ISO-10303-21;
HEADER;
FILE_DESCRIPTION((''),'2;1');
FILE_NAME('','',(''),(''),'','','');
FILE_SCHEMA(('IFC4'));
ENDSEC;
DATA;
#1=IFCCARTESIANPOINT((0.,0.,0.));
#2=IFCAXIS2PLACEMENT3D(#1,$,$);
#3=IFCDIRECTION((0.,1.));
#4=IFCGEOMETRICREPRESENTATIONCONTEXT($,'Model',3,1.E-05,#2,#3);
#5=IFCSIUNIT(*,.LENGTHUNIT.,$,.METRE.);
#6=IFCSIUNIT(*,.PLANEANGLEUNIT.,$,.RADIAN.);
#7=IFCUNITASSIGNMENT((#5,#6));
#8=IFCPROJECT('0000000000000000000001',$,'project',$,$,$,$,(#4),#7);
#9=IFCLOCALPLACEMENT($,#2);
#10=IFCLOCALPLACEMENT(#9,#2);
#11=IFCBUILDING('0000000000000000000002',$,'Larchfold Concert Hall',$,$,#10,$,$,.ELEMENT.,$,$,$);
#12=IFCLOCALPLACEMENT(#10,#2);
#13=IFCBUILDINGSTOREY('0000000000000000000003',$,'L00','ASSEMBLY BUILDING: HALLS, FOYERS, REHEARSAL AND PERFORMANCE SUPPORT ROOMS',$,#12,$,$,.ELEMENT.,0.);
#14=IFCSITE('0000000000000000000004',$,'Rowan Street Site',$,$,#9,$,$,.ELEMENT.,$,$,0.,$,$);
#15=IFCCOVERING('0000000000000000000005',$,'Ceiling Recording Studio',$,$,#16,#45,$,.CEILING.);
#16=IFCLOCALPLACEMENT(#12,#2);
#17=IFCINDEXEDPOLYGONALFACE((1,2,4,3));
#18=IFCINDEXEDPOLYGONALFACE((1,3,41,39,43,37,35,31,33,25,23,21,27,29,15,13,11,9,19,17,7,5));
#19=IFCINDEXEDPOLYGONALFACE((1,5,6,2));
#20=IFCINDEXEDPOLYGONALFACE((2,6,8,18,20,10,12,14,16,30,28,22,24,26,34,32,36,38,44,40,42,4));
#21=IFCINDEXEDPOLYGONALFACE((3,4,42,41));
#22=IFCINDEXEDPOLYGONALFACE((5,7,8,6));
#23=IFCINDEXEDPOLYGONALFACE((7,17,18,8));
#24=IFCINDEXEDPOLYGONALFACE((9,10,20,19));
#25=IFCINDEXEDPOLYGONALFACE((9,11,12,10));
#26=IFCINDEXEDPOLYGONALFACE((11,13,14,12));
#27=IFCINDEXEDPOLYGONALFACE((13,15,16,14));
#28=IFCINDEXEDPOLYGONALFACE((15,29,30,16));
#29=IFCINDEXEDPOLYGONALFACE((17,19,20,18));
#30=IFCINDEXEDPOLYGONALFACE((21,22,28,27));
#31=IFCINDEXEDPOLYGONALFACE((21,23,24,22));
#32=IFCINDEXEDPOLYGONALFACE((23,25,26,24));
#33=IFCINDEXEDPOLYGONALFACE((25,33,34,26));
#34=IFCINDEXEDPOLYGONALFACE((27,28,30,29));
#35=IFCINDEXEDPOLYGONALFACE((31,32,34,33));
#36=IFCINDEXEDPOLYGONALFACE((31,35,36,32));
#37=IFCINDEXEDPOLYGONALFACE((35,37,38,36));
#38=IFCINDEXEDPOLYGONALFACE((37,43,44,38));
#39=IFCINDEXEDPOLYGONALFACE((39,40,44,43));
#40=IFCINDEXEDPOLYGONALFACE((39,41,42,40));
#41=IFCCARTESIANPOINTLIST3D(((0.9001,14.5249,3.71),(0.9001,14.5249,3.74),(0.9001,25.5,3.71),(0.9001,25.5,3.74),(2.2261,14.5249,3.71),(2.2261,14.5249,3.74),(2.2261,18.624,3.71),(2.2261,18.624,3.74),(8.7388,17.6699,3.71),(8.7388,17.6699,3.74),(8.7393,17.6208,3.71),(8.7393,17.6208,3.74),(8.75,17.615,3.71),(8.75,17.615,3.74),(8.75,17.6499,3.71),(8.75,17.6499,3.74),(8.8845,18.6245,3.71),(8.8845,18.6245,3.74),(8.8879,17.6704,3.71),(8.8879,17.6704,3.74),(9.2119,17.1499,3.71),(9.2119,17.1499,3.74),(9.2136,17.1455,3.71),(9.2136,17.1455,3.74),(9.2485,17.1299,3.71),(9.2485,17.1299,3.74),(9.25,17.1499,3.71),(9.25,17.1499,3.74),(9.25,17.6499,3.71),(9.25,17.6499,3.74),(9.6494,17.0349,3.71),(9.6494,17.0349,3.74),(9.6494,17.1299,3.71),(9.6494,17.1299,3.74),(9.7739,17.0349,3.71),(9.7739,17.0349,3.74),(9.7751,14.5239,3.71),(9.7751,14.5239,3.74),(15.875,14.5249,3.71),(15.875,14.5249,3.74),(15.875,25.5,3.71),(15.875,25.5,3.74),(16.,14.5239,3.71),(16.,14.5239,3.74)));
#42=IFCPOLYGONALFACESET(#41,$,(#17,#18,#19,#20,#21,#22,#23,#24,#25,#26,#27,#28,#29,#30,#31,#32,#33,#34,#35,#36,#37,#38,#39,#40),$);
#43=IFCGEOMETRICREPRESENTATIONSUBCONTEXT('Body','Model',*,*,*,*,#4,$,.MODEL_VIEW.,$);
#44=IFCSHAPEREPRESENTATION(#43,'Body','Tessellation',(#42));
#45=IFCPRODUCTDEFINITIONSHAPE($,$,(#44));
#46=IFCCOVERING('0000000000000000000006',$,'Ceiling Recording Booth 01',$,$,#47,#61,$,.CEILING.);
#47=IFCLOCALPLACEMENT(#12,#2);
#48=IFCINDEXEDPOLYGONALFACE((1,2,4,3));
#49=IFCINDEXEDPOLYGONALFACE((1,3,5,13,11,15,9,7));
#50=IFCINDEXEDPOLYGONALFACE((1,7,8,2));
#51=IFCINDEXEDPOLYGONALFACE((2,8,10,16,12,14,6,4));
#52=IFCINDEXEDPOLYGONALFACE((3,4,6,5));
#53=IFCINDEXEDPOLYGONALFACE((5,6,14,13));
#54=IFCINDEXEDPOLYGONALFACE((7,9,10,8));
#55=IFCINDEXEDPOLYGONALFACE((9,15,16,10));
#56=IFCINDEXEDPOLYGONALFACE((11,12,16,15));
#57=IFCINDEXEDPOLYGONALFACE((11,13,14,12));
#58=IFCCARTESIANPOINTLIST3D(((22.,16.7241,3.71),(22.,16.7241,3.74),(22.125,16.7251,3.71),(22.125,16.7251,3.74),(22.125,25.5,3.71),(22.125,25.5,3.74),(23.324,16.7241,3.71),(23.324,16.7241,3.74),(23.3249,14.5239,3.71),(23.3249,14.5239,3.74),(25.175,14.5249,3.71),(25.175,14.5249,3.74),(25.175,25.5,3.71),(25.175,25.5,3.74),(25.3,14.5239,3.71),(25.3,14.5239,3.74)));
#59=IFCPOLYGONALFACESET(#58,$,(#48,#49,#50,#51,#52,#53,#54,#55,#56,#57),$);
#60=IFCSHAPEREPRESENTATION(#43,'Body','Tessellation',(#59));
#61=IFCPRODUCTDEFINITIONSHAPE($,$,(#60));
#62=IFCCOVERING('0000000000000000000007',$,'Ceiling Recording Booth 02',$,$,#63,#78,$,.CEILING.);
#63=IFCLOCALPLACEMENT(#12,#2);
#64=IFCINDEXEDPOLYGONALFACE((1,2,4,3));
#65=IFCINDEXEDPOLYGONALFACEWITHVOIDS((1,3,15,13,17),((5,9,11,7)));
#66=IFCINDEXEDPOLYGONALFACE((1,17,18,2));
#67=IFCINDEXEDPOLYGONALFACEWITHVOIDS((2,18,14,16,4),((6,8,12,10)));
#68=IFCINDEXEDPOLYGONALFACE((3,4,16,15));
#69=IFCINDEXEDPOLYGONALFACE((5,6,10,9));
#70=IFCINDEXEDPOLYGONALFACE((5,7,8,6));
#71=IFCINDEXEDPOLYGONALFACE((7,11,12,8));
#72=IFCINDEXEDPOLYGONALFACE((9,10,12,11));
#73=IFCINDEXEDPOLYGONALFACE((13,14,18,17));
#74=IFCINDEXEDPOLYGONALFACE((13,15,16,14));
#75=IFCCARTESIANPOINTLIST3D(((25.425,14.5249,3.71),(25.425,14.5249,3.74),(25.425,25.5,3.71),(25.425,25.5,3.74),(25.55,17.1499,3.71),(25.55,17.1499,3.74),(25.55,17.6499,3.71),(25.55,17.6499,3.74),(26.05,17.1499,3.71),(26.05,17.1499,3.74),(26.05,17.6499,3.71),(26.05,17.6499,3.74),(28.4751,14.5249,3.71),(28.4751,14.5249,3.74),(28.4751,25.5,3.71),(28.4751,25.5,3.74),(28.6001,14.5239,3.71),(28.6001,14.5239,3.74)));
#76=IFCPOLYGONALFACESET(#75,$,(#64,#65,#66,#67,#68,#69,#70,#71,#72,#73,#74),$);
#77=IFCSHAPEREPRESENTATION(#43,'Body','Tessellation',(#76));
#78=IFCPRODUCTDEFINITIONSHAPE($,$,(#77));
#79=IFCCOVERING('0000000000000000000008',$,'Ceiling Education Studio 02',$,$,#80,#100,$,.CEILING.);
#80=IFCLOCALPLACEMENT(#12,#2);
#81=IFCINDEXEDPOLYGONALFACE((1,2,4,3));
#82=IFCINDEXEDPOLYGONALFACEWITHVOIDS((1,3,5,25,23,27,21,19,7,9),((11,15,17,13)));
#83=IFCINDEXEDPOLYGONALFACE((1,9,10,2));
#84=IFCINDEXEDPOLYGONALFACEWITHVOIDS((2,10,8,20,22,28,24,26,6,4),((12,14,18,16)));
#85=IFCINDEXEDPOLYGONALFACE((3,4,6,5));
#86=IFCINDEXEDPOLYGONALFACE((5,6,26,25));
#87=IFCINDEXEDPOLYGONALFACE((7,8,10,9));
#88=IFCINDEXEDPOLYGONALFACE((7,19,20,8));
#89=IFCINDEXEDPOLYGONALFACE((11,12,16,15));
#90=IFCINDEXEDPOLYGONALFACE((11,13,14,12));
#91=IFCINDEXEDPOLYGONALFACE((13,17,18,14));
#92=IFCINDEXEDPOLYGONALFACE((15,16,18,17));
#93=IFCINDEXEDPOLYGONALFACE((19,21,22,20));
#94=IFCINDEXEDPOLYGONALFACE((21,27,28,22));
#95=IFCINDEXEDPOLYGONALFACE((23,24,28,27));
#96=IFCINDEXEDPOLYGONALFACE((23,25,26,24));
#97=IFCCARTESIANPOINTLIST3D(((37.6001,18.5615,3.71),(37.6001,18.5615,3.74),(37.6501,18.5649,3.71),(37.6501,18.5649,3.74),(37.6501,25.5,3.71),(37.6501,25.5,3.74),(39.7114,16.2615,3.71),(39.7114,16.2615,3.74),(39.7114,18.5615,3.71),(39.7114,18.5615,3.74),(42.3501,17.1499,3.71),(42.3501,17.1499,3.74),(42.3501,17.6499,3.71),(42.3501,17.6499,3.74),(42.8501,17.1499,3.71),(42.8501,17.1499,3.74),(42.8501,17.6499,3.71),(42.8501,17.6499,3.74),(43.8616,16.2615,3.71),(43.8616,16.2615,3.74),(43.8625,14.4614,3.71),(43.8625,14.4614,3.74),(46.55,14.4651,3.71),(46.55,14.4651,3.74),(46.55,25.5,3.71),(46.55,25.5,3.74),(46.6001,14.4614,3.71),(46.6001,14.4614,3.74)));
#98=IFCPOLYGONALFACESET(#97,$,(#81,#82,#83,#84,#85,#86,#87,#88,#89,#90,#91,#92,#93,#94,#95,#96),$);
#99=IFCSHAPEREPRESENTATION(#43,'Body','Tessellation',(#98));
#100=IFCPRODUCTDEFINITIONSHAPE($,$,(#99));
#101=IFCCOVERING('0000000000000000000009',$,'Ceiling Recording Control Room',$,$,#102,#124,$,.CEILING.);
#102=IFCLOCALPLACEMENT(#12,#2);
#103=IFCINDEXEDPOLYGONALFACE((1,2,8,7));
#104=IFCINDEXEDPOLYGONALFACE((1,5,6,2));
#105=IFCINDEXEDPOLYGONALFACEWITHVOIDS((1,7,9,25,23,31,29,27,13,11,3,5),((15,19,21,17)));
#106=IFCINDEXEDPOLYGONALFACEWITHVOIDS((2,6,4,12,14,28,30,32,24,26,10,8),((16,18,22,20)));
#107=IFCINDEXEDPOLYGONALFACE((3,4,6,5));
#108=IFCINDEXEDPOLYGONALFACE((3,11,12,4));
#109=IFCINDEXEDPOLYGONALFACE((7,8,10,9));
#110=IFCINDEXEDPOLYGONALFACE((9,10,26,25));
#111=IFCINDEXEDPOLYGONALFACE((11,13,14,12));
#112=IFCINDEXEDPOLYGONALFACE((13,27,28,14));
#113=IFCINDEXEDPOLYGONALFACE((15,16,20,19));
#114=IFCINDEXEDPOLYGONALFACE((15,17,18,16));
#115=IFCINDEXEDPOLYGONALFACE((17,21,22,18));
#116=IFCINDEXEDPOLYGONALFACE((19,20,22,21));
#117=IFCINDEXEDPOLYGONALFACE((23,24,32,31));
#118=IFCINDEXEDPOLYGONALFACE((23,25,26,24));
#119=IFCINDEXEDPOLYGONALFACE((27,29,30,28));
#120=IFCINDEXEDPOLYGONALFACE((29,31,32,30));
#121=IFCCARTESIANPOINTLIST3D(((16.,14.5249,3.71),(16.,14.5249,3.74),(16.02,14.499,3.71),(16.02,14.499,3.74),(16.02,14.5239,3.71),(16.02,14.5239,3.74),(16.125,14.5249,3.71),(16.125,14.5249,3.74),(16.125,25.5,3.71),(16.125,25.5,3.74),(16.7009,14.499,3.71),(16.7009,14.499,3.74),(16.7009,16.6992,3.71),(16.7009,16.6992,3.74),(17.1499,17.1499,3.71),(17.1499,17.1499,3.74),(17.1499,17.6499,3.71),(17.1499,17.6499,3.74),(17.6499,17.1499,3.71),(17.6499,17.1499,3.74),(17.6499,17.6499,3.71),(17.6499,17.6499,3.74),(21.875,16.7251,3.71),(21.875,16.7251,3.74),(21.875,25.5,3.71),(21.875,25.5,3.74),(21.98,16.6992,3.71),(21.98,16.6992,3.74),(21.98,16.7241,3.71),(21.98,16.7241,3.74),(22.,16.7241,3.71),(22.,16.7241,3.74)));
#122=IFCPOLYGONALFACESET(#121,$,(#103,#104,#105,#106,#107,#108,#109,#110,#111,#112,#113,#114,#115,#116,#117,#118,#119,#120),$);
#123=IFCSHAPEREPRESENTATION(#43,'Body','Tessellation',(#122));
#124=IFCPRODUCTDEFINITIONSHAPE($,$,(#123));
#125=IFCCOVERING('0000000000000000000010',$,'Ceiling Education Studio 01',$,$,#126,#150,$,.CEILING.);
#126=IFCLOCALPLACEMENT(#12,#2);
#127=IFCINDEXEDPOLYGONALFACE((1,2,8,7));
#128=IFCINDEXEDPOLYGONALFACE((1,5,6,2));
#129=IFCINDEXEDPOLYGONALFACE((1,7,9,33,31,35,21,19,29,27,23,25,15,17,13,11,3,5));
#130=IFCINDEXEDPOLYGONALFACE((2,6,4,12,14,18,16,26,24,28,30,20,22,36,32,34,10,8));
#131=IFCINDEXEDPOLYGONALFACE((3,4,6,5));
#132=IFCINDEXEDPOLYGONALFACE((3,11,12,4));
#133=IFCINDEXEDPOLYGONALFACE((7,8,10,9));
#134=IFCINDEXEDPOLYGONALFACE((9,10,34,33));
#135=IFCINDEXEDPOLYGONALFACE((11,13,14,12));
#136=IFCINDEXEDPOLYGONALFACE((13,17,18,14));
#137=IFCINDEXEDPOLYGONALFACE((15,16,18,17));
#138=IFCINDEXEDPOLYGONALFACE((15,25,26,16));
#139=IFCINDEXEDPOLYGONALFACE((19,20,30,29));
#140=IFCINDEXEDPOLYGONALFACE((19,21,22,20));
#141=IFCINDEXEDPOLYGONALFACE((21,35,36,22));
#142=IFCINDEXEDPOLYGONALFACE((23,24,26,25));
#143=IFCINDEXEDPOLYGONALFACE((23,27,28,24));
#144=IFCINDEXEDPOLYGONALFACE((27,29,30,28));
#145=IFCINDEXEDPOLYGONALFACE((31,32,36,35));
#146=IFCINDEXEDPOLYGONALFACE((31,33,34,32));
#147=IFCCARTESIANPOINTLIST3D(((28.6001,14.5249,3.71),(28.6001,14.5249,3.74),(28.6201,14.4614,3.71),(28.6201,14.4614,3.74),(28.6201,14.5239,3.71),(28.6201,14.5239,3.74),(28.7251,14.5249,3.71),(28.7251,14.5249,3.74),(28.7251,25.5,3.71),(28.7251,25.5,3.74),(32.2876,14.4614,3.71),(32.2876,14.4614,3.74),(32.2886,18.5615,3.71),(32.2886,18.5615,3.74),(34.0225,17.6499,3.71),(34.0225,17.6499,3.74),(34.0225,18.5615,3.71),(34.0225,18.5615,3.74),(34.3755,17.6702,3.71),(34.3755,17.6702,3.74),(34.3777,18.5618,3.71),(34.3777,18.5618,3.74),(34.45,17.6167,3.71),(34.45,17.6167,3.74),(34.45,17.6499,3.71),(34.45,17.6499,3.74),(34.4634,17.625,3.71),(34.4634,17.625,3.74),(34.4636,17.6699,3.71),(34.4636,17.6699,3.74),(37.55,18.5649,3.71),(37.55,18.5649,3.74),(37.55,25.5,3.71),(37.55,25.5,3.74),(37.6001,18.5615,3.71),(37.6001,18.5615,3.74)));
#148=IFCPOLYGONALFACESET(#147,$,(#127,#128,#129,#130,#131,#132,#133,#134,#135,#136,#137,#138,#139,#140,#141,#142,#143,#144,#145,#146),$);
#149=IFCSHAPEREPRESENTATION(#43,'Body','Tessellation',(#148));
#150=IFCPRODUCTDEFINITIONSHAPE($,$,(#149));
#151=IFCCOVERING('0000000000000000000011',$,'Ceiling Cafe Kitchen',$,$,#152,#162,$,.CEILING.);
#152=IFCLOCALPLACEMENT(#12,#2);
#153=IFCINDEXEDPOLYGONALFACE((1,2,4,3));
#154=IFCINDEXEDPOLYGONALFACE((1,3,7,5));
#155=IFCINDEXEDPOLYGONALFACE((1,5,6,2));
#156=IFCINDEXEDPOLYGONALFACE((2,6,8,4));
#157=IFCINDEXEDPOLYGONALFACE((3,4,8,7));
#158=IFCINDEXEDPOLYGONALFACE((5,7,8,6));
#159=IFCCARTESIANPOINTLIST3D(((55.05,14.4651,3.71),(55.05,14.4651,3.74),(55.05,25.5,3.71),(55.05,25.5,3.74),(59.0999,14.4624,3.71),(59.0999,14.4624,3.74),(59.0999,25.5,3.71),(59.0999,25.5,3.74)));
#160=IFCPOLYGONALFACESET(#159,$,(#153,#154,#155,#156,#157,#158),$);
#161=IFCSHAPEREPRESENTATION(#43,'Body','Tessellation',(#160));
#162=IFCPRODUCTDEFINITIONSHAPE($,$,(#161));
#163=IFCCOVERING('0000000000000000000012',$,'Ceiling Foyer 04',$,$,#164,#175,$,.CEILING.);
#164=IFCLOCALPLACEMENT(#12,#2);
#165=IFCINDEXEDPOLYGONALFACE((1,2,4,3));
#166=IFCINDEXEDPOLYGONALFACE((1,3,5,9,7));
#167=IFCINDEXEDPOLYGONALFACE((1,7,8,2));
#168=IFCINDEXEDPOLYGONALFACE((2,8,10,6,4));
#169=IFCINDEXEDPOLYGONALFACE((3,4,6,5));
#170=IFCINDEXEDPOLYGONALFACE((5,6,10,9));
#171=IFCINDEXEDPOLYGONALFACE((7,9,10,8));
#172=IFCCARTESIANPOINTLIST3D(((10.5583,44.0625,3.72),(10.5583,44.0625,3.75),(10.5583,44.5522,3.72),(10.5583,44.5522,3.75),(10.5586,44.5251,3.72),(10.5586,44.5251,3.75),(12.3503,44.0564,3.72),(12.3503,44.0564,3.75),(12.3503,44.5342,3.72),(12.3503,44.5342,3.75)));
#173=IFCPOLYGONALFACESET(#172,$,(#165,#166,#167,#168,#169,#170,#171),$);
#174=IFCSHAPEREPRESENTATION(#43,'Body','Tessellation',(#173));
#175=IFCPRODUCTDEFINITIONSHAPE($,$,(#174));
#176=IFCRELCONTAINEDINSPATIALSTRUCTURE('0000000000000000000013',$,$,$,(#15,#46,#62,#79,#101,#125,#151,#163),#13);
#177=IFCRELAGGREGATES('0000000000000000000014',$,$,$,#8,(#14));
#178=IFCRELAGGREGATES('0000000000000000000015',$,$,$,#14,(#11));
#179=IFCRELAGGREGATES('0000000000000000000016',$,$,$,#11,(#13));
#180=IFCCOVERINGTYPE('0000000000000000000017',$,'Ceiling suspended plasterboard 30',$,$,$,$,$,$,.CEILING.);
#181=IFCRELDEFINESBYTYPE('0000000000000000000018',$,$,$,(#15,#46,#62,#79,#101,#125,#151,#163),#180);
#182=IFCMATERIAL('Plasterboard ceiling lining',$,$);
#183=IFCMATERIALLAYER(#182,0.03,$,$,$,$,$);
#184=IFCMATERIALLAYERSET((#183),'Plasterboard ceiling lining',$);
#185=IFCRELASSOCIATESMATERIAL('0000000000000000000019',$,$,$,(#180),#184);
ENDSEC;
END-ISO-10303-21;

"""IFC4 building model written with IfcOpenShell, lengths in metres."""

from ifc_helpers import new_model, si_unit, direction, frame, origin, place, context, subcontext, project, spatial, polyline, outline, extrude, material, layer, layer_set, type_object, element, save


model = new_model("IFC4")

# Units and contexts
model_context = context("Model", 3, precision=1e-05, world=origin(), true_north=direction((0.0, 1.0)))
body_context = subcontext(model_context, "Body", "Model", "MODEL_VIEW")
ifc_project = project(units=[si_unit("LENGTHUNIT", "METRE"), si_unit("PLANEANGLEUNIT", "RADIAN")], contexts=[model_context])

# Site, building, storey
site_placement = place(None, origin())
site = spatial("IfcSite", under=ifc_project, at=site_placement, Name="Rowan Street Site", CompositionType="ELEMENT", RefElevation=0.0)
building_placement = place(site_placement, origin())
building = spatial("IfcBuilding", under=site, at=building_placement, Name="Larchfold Concert Hall", CompositionType="ELEMENT")
storey_placement = place(building_placement, origin())
storey = spatial("IfcBuildingStorey", under=building, at=storey_placement, Name="L00", Description="ASSEMBLY BUILDING: HALLS, FOYERS, REHEARSAL AND PERFORMANCE SUPPORT ROOMS", CompositionType="ELEMENT", Elevation=0.0)

# Coverings
ifc_material_1 = material(Name="Plasterboard ceiling lining")
ifc_layer_1 = layer(ifc_material_1, 0.03)
ifc_layer_set_1 = layer_set([ifc_layer_1], Name="Plasterboard ceiling lining")
covering_type_1 = type_object("IfcCoveringType", Name="Ceiling suspended plasterboard 30", PredefinedType="CEILING", material=ifc_layer_set_1)
covering_1_placement = place(storey_placement, frame((0.0, 0.0, 3.71)))
element("IfcCovering", 1, at=covering_1_placement, inside=storey, type_object=covering_type_1, Name="Ceiling Recording Studio", PredefinedType="CEILING", context=body_context, shape_type="SweptSolid", body=[
    extrude(outline(polyline([(8.8845, 18.6245), (8.8879, 17.6704), (8.7388, 17.6699), (8.7393, 17.6208), (8.75, 17.615), (8.75, 17.6499), (9.25, 17.6499), (9.25, 17.1499), (9.2119, 17.1499), (9.2136, 17.1455), (9.2485, 17.1299), (9.6494, 17.1299), (9.6494, 17.0349), (9.7739, 17.0349), (9.7751, 14.5239), (16.0, 14.5239), (15.875, 14.5249), (15.875, 25.5), (0.9001, 25.5), (0.9001, 14.5249), (2.2261, 14.5249), (2.2261, 18.624), (8.8845, 18.6245)])), origin(), (0.0, 0.0, 1.0), 0.03),
])
covering_2_placement = place(storey_placement, frame((0.0, 0.0, 3.71)))
element("IfcCovering", 2, at=covering_2_placement, inside=storey, type_object=covering_type_1, Name="Ceiling Recording Booth 01", PredefinedType="CEILING", context=body_context, shape_type="SweptSolid", body=[
    extrude(outline(polyline([(23.325, 14.3999), (23.325, 14.5239), (25.3, 14.5239), (25.175, 14.5249), (25.175, 25.5), (22.125, 25.5), (22.125, 16.7251), (22.0, 16.7241), (23.324, 16.7241), (23.325, 14.3999)])), origin(), (0.0, 0.0, 1.0), 0.03),
])
covering_3_placement = place(storey_placement, frame((0.0, 0.0, 3.71)))
element("IfcCovering", 3, at=covering_3_placement, inside=storey, type_object=covering_type_1, Name="Ceiling Recording Booth 02", PredefinedType="CEILING", context=body_context, shape_type="SweptSolid", body=[
    extrude(outline(polyline([(25.3, 14.5249), (28.6001, 14.5239), (28.4751, 14.5249), (28.4751, 25.5), (25.425, 25.5), (25.425, 14.5249), (25.3, 14.5249)]), holes=[polyline([(25.55, 17.1499), (25.55, 17.6499), (26.05, 17.6499), (26.05, 17.1499), (25.55, 17.1499)])]), origin(), (0.0, 0.0, 1.0), 0.03),
])
covering_4_placement = place(storey_placement, frame((0.0, 0.0, 3.71)))
element("IfcCovering", 4, at=covering_4_placement, inside=storey, type_object=covering_type_1, Name="Ceiling Education Studio 02", PredefinedType="CEILING", context=body_context, shape_type="SweptSolid", body=[
    extrude(outline(polyline([(37.6001, 18.5615), (39.7114, 18.5615), (39.7114, 16.2615), (43.8616, 16.2615), (43.8625, 14.3999), (43.8625, 14.4614), (46.6001, 14.4614), (46.55, 14.4651), (46.55, 25.5), (37.6501, 25.5), (37.6501, 18.5649), (37.6001, 18.5615)]), holes=[polyline([(42.3501, 17.1499), (42.3501, 17.6499), (42.8501, 17.6499), (42.8501, 17.1499), (42.3501, 17.1499)])]), origin(), (0.0, 0.0, 1.0), 0.03),
])
covering_5_placement = place(storey_placement, frame((0.0, 0.0, 3.71)))
element("IfcCovering", 5, at=covering_5_placement, inside=storey, type_object=covering_type_1, Name="Ceiling Recording Control Room", PredefinedType="CEILING", context=body_context, shape_type="SweptSolid", body=[
    extrude(outline(polyline([(16.0, 14.5249), (16.02, 14.5239), (16.02, 14.499), (16.7009, 14.499), (16.7009, 16.6992), (21.98, 16.6992), (21.98, 16.7241), (22.0, 16.7241), (21.875, 16.7251), (21.875, 25.5), (16.125, 25.5), (16.125, 14.5249), (16.0, 14.5249)]), holes=[polyline([(17.6499, 17.6499), (17.6499, 17.1499), (17.1499, 17.1499), (17.1499, 17.6499), (17.6499, 17.6499)])]), origin(), (0.0, 0.0, 1.0), 0.03),
])
covering_6_placement = place(storey_placement, frame((0.0, 0.0, 3.71)))
element("IfcCovering", 6, at=covering_6_placement, inside=storey, type_object=covering_type_1, Name="Ceiling Education Studio 01", PredefinedType="CEILING", context=body_context, shape_type="SweptSolid", body=[
    extrude(outline(polyline([(28.6001, 14.5249), (28.6201, 14.5239), (28.6201, 14.4614), (32.2876, 14.4614), (32.2886, 18.5615), (34.0225, 18.5615), (34.0225, 17.6499), (34.45, 17.6499), (34.45, 17.6167), (34.4634, 17.625), (34.4636, 17.6699), (34.3755, 17.6702), (34.3777, 18.5618), (37.6001, 18.5615), (37.55, 18.5649), (37.55, 25.5), (28.7251, 25.5), (28.7251, 14.5249), (28.6001, 14.5249)])), origin(), (0.0, 0.0, 1.0), 0.03),
])
covering_7_placement = place(storey_placement, frame((0.0, 0.0, 3.71)))
element("IfcCovering", 7, at=covering_7_placement, inside=storey, type_object=covering_type_1, Name="Ceiling Cafe Kitchen", PredefinedType="CEILING", context=body_context, shape_type="SweptSolid", body=[
    extrude(outline(polyline([(55.0, 14.4651), (59.0999, 14.4624), (59.0999, 25.5), (55.05, 25.5), (55.05, 14.4651), (55.0, 14.4651)])), origin(), (0.0, 0.0, 1.0), 0.03),
])
covering_8_placement = place(storey_placement, frame((0.0, 0.0, 3.72)))
element("IfcCovering", 8, at=covering_8_placement, inside=storey, type_object=covering_type_1, Name="Ceiling Foyer 04", PredefinedType="CEILING", context=body_context, shape_type="SweptSolid", body=[
    extrude(outline(polyline([(10.5583, 44.5522), (10.5583, 44.0625), (12.3503, 44.0564), (12.3503, 44.5342), (10.5586, 44.5251), (10.5583, 44.5522)])), origin(), (0.0, 0.0, 1.0), 0.03),
])

save(model, "model.ifc")
